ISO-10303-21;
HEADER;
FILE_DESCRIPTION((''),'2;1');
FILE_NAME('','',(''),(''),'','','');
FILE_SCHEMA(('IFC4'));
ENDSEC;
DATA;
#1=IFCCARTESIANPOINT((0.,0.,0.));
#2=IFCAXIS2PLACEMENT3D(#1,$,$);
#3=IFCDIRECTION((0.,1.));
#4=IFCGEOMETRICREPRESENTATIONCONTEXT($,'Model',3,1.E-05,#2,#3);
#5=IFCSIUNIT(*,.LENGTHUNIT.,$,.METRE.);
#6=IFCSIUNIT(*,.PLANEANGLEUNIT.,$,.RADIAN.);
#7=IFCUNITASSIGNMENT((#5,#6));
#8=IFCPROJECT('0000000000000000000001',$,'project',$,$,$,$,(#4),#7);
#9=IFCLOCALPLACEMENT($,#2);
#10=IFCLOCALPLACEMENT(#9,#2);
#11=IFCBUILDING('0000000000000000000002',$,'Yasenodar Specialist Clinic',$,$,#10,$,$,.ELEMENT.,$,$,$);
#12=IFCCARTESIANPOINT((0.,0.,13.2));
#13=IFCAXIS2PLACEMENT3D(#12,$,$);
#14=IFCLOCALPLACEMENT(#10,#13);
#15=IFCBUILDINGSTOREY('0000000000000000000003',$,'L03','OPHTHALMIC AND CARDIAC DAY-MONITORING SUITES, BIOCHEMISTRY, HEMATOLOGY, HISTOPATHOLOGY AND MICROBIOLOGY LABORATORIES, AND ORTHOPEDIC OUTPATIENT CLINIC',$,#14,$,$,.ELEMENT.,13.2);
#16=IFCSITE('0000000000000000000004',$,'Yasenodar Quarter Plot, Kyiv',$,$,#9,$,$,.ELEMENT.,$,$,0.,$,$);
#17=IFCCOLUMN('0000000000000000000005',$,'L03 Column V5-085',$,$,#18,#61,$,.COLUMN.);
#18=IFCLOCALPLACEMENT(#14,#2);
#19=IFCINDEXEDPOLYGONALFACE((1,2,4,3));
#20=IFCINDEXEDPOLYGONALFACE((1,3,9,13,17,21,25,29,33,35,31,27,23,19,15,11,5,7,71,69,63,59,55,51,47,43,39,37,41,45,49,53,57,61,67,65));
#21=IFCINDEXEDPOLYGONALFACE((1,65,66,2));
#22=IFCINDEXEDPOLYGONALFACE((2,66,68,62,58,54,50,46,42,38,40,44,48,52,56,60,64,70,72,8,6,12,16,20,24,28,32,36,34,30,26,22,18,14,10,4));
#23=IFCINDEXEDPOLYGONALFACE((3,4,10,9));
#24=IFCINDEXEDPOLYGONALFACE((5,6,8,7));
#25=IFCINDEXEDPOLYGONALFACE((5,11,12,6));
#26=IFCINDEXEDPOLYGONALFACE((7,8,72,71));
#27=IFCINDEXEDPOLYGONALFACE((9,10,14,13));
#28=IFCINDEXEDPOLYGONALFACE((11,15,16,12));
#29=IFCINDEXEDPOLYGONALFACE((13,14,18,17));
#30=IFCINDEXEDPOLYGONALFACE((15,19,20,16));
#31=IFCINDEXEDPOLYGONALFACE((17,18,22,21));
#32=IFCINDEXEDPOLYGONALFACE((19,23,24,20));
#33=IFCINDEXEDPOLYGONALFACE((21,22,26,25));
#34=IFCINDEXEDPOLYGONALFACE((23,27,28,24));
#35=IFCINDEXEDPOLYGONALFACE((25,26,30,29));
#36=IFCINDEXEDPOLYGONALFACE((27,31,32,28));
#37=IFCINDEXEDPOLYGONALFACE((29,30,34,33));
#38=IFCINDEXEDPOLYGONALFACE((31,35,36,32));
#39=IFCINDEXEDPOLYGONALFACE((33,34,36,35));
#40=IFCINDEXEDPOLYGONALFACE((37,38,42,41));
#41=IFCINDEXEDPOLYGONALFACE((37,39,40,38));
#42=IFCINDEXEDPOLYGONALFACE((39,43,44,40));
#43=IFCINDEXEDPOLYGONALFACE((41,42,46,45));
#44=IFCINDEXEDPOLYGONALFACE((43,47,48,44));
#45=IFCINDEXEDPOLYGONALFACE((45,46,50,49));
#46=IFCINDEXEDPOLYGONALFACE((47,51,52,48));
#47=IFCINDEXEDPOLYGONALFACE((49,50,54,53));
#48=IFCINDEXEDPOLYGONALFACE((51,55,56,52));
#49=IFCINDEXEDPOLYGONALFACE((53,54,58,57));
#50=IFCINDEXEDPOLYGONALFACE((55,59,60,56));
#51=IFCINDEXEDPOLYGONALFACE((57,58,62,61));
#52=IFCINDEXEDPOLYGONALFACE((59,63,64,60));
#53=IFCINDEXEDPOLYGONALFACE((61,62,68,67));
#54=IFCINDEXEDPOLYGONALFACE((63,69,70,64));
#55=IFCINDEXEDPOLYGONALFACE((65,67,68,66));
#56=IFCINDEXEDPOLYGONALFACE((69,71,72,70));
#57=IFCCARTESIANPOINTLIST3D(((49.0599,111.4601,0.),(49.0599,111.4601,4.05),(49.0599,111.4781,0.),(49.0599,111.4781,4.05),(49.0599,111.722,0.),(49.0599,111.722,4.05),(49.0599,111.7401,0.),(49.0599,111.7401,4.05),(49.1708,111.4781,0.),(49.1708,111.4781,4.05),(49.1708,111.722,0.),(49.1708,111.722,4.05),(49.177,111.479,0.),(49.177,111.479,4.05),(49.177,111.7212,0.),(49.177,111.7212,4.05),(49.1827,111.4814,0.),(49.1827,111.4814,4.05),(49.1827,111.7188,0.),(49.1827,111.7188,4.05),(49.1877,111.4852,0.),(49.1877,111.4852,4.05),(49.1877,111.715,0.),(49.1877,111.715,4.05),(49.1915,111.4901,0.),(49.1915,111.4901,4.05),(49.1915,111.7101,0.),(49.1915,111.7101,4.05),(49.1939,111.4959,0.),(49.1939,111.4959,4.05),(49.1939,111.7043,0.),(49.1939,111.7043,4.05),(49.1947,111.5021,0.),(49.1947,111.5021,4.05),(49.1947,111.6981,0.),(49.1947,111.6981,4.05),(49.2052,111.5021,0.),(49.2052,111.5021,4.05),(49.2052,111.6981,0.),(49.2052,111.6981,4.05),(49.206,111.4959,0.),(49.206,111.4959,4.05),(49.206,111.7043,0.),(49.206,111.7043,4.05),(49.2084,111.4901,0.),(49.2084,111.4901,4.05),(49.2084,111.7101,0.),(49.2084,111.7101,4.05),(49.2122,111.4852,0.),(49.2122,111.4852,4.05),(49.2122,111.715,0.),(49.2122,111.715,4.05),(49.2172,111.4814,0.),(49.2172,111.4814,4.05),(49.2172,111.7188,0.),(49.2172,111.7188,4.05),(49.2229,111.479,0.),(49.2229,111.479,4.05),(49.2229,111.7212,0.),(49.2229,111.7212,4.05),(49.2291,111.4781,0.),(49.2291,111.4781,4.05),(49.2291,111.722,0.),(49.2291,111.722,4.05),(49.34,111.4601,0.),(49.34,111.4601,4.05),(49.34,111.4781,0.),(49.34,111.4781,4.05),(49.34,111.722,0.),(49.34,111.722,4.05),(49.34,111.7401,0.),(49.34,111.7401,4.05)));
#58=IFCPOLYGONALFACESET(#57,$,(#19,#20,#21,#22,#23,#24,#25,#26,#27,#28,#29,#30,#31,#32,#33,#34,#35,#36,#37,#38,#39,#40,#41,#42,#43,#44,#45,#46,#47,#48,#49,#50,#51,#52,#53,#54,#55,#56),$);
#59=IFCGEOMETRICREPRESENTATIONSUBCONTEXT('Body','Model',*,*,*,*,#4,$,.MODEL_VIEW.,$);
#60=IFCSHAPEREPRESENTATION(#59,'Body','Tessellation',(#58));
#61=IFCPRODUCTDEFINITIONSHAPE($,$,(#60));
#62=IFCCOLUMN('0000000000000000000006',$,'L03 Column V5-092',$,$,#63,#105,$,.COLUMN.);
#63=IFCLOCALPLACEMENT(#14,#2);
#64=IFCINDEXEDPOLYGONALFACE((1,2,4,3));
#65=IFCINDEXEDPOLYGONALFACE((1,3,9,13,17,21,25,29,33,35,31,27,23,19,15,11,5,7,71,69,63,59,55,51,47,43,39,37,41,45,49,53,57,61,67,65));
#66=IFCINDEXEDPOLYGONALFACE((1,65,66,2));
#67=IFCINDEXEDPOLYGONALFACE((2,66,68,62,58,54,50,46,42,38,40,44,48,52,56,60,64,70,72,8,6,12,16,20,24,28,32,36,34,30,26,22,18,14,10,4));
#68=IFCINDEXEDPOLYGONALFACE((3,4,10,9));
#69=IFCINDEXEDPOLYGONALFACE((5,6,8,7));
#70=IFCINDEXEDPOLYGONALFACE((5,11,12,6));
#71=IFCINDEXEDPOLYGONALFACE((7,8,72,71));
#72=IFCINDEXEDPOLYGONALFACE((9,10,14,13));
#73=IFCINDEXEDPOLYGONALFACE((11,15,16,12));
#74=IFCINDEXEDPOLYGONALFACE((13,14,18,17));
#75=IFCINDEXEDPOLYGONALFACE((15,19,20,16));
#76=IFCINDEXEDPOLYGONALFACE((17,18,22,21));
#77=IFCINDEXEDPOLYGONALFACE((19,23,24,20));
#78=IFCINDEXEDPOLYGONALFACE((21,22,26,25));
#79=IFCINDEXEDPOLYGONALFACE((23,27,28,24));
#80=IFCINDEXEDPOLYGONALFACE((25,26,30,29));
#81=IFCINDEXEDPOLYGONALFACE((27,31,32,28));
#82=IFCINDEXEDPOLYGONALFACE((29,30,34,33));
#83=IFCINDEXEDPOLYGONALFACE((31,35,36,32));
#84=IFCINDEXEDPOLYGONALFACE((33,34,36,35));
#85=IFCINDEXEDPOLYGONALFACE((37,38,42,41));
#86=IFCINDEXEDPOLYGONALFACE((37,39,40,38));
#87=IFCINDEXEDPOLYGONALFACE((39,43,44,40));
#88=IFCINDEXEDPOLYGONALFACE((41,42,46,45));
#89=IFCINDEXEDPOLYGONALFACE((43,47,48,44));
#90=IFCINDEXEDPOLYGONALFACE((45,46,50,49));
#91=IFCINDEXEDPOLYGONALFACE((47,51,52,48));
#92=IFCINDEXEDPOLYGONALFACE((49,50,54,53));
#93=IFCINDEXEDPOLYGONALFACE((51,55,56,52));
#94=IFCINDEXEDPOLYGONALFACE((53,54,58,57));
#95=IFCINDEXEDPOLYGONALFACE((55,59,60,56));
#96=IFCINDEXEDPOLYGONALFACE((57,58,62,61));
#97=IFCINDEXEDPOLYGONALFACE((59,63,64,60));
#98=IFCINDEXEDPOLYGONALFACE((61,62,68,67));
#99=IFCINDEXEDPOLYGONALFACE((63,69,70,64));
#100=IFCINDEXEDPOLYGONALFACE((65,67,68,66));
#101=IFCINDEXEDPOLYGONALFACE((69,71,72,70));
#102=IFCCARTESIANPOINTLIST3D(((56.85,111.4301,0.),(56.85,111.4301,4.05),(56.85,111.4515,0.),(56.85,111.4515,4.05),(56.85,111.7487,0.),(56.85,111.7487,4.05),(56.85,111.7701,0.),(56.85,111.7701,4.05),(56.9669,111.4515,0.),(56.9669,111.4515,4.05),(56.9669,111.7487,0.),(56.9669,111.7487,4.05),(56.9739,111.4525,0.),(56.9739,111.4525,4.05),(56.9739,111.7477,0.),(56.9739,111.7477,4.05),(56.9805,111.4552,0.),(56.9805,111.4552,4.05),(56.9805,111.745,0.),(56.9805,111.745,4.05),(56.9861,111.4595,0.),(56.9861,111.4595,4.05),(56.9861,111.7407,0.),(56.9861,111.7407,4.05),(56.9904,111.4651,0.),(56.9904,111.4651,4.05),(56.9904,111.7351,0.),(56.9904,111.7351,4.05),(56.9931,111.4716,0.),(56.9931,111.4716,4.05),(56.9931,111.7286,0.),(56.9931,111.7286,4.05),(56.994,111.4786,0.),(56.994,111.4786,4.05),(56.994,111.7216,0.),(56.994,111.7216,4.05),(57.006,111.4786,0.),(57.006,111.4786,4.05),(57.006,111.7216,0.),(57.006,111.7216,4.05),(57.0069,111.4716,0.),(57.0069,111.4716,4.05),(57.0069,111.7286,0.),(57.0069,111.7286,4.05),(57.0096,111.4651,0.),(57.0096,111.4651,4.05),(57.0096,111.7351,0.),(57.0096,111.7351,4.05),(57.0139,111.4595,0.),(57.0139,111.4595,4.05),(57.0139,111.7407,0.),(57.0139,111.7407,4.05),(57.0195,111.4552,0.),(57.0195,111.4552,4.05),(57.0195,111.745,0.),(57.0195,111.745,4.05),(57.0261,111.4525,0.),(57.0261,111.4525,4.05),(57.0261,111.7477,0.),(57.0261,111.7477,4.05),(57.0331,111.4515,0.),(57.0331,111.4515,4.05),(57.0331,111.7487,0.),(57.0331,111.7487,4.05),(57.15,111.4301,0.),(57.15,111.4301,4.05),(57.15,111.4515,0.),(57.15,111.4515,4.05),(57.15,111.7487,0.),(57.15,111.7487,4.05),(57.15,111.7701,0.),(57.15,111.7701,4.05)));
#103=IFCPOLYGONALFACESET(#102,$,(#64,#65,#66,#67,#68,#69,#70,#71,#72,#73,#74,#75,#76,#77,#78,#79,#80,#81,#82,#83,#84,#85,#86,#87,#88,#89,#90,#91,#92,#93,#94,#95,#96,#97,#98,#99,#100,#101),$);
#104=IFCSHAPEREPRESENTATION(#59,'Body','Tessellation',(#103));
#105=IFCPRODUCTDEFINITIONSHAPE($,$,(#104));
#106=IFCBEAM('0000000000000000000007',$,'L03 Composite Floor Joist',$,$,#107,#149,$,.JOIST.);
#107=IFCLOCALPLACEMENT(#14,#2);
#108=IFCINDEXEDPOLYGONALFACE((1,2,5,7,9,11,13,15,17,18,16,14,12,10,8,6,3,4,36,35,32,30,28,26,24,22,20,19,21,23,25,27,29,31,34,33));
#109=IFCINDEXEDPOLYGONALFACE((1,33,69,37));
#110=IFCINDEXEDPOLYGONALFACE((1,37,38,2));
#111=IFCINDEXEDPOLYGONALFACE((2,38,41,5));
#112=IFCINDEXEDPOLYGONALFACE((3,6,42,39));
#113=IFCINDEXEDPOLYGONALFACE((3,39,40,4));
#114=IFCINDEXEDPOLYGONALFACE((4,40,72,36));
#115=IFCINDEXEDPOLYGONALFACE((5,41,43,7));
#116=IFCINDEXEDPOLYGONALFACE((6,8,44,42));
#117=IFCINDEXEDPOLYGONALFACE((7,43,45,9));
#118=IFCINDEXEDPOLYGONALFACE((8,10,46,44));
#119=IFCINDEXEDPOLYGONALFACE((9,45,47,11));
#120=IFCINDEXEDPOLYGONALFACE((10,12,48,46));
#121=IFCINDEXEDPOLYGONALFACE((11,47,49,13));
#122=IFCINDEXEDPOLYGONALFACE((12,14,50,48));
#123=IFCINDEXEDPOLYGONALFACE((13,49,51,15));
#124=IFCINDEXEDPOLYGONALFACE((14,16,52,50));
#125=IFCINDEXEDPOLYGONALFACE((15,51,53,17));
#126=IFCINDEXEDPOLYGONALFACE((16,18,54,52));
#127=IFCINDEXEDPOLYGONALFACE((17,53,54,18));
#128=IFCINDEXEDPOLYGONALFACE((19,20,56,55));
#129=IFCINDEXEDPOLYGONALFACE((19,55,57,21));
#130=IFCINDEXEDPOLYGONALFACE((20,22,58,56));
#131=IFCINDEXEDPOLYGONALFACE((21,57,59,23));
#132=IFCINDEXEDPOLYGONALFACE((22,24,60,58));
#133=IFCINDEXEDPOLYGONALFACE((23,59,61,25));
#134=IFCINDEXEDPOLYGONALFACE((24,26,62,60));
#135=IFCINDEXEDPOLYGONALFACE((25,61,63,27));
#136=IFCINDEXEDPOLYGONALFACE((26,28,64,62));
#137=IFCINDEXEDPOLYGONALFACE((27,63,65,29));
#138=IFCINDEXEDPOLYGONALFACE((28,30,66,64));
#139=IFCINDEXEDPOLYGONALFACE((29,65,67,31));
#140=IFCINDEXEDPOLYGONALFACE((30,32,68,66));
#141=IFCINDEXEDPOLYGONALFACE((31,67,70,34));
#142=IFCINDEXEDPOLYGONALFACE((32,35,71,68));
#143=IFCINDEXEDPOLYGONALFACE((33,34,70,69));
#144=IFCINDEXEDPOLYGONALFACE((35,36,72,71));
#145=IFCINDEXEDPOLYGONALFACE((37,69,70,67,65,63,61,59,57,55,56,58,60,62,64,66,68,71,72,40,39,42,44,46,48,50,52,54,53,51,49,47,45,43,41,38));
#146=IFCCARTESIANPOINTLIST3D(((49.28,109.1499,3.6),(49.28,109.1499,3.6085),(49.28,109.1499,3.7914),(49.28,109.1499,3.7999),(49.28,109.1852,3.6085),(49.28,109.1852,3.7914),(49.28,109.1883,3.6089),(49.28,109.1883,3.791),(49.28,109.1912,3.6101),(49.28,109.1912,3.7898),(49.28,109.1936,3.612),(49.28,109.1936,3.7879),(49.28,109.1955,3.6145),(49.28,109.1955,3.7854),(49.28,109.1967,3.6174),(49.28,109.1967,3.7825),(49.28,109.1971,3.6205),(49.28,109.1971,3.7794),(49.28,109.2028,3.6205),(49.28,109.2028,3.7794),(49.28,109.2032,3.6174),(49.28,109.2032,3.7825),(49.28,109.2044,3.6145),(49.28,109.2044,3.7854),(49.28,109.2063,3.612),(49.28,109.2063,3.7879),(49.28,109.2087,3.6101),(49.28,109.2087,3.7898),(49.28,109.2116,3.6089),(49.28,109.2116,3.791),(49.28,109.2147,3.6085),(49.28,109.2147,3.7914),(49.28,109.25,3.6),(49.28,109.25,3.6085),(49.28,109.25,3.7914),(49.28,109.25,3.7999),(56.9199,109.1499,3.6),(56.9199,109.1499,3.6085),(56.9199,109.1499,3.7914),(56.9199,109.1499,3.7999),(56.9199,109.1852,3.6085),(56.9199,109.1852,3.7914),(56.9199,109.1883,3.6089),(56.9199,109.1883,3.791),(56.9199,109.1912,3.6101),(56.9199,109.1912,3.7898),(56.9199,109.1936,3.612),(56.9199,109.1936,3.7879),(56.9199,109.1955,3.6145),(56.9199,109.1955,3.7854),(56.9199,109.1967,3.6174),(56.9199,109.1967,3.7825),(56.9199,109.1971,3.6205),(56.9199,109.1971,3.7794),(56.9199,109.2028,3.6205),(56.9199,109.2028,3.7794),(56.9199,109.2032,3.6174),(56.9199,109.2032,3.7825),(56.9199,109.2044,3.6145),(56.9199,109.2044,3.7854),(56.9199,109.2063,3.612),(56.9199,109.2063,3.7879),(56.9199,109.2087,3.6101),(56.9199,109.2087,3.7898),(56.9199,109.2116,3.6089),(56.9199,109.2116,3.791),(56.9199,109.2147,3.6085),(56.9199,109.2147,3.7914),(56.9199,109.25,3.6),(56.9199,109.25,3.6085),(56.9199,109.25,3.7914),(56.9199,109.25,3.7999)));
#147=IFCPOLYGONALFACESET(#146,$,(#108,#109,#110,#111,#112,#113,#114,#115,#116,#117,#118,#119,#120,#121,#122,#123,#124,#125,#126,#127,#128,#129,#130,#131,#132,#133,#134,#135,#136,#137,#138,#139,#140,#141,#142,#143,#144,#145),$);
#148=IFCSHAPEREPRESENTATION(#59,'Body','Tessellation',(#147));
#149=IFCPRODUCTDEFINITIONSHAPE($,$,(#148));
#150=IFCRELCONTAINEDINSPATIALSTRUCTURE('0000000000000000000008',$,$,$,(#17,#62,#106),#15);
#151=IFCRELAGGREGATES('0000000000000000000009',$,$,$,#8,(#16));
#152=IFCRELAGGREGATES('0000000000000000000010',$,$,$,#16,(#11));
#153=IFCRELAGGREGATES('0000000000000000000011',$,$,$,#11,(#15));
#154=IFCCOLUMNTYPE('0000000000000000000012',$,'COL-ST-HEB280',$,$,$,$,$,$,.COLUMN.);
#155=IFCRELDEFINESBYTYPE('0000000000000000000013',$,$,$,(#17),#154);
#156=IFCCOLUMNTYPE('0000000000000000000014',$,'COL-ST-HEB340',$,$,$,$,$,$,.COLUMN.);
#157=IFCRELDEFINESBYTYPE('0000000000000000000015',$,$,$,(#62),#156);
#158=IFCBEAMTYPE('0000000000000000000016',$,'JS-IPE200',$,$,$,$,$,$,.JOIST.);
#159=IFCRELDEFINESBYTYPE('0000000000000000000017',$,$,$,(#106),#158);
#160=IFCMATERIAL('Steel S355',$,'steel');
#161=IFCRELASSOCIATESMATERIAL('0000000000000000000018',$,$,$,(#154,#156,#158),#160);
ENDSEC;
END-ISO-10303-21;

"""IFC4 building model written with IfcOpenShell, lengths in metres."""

from ifc_helpers import new_model, si_unit, direction, frame, origin, origin_2d, place, context, subcontext, project, spatial, i_section, extrude, material, material_profile, profile_set, type_object, element, save


model = new_model("IFC4")

# Units and contexts
model_context = context("Model", 3, precision=1e-05, world=origin(), true_north=direction((0.0, 1.0)))
body_context = subcontext(model_context, "Body", "Model", "MODEL_VIEW")
ifc_project = project(units=[si_unit("LENGTHUNIT", "METRE"), si_unit("PLANEANGLEUNIT", "RADIAN")], contexts=[model_context])

# Site, building, storey
site_placement = place(None, origin())
site = spatial("IfcSite", under=ifc_project, at=site_placement, Name="Yasenodar Quarter Plot, Kyiv", CompositionType="ELEMENT", RefElevation=0.0)
building_placement = place(site_placement, origin())
building = spatial("IfcBuilding", under=site, at=building_placement, Name="Yasenodar Specialist Clinic", CompositionType="ELEMENT")
storey_placement = place(building_placement, frame((0.0, 0.0, 13.2)))
storey = spatial("IfcBuildingStorey", under=building, at=storey_placement, Name="L03", Description="OPHTHALMIC AND CARDIAC DAY-MONITORING SUITES, BIOCHEMISTRY, HEMATOLOGY, HISTOPATHOLOGY AND MICROBIOLOGY LABORATORIES, AND ORTHOPEDIC OUTPATIENT CLINIC", CompositionType="ELEMENT", Elevation=13.2)

# Columns
ifc_material_1 = material(Name="Steel S355", Category="steel")
ifc_material_profile_1 = material_profile(ifc_material_1, i_section(OverallWidth=0.28, OverallDepth=0.28, WebThickness=0.0105, FlangeThickness=0.0181, FilletRadius=0.0239, at=origin_2d()), Name="HEB 280")
ifc_profile_set_1 = profile_set([ifc_material_profile_1], Name="Steel S355")
column_type_1 = type_object("IfcColumnType", Name="COL-ST-HEB280", PredefinedType="COLUMN", material=ifc_profile_set_1)
column_1_placement = place(storey_placement, frame((49.2, 111.6001, 0.0), z_axis=(0.0, 0.0, 1.0), x_axis=(1.0, 0.0, 0.0)))
element("IfcColumn", 1, at=column_1_placement, inside=storey, type_object=column_type_1, Name="L03 Column V5-085", PredefinedType="COLUMN", context=body_context, shape_type="SweptSolid", body=[
    extrude(i_section(OverallWidth=0.28, OverallDepth=0.28, WebThickness=0.0105, FlangeThickness=0.0181, FilletRadius=0.0239, at=origin_2d()), origin(), (0.0, 0.0, 1.0), 4.05),
])
ifc_material_profile_2 = material_profile(ifc_material_1, i_section(OverallWidth=0.3, OverallDepth=0.3401, WebThickness=0.012, FlangeThickness=0.0215, FilletRadius=0.0271, at=origin_2d()), Name="HEB 340")
ifc_profile_set_2 = profile_set([ifc_material_profile_2], Name="Steel S355")
column_type_2 = type_object("IfcColumnType", Name="COL-ST-HEB340", PredefinedType="COLUMN", material=ifc_profile_set_2)
column_2_placement = place(storey_placement, frame((57.0, 111.6001, 0.0), z_axis=(0.0, 0.0, 1.0), x_axis=(1.0, 0.0, 0.0)))
element("IfcColumn", 2, at=column_2_placement, inside=storey, type_object=column_type_2, Name="L03 Column V5-092", PredefinedType="COLUMN", context=body_context, shape_type="SweptSolid", body=[
    extrude(i_section(OverallWidth=0.3, OverallDepth=0.3401, WebThickness=0.012, FlangeThickness=0.0215, FilletRadius=0.0271, at=origin_2d()), origin(), (0.0, 0.0, 1.0), 4.05),
])

# Beam
ifc_material_profile_3 = material_profile(ifc_material_1, i_section(OverallWidth=0.1001, OverallDepth=0.2, WebThickness=0.0056, FlangeThickness=0.0085, FilletRadius=0.012, at=origin_2d()), Name="IPE 200")
ifc_profile_set_3 = profile_set([ifc_material_profile_3], Name="Steel S355")
beam_type_1 = type_object("IfcBeamType", Name="JS-IPE200", PredefinedType="JOIST", material=ifc_profile_set_3)
beam_1_placement = place(storey_placement, frame((49.28, 109.2, 3.7), z_axis=(1.0, 0.0, 0.0), x_axis=(0.0, 1.0, 0.0)))
element("IfcBeam", 3, at=beam_1_placement, inside=storey, type_object=beam_type_1, Name="L03 Composite Floor Joist", PredefinedType="JOIST", context=body_context, shape_type="SweptSolid", body=[
    extrude(i_section(OverallWidth=0.1001, OverallDepth=0.2, WebThickness=0.0056, FlangeThickness=0.0085, FilletRadius=0.012, at=origin_2d()), origin(), (0.0, 0.0, 1.0), 7.6399),
])

save(model, "model.ifc")
